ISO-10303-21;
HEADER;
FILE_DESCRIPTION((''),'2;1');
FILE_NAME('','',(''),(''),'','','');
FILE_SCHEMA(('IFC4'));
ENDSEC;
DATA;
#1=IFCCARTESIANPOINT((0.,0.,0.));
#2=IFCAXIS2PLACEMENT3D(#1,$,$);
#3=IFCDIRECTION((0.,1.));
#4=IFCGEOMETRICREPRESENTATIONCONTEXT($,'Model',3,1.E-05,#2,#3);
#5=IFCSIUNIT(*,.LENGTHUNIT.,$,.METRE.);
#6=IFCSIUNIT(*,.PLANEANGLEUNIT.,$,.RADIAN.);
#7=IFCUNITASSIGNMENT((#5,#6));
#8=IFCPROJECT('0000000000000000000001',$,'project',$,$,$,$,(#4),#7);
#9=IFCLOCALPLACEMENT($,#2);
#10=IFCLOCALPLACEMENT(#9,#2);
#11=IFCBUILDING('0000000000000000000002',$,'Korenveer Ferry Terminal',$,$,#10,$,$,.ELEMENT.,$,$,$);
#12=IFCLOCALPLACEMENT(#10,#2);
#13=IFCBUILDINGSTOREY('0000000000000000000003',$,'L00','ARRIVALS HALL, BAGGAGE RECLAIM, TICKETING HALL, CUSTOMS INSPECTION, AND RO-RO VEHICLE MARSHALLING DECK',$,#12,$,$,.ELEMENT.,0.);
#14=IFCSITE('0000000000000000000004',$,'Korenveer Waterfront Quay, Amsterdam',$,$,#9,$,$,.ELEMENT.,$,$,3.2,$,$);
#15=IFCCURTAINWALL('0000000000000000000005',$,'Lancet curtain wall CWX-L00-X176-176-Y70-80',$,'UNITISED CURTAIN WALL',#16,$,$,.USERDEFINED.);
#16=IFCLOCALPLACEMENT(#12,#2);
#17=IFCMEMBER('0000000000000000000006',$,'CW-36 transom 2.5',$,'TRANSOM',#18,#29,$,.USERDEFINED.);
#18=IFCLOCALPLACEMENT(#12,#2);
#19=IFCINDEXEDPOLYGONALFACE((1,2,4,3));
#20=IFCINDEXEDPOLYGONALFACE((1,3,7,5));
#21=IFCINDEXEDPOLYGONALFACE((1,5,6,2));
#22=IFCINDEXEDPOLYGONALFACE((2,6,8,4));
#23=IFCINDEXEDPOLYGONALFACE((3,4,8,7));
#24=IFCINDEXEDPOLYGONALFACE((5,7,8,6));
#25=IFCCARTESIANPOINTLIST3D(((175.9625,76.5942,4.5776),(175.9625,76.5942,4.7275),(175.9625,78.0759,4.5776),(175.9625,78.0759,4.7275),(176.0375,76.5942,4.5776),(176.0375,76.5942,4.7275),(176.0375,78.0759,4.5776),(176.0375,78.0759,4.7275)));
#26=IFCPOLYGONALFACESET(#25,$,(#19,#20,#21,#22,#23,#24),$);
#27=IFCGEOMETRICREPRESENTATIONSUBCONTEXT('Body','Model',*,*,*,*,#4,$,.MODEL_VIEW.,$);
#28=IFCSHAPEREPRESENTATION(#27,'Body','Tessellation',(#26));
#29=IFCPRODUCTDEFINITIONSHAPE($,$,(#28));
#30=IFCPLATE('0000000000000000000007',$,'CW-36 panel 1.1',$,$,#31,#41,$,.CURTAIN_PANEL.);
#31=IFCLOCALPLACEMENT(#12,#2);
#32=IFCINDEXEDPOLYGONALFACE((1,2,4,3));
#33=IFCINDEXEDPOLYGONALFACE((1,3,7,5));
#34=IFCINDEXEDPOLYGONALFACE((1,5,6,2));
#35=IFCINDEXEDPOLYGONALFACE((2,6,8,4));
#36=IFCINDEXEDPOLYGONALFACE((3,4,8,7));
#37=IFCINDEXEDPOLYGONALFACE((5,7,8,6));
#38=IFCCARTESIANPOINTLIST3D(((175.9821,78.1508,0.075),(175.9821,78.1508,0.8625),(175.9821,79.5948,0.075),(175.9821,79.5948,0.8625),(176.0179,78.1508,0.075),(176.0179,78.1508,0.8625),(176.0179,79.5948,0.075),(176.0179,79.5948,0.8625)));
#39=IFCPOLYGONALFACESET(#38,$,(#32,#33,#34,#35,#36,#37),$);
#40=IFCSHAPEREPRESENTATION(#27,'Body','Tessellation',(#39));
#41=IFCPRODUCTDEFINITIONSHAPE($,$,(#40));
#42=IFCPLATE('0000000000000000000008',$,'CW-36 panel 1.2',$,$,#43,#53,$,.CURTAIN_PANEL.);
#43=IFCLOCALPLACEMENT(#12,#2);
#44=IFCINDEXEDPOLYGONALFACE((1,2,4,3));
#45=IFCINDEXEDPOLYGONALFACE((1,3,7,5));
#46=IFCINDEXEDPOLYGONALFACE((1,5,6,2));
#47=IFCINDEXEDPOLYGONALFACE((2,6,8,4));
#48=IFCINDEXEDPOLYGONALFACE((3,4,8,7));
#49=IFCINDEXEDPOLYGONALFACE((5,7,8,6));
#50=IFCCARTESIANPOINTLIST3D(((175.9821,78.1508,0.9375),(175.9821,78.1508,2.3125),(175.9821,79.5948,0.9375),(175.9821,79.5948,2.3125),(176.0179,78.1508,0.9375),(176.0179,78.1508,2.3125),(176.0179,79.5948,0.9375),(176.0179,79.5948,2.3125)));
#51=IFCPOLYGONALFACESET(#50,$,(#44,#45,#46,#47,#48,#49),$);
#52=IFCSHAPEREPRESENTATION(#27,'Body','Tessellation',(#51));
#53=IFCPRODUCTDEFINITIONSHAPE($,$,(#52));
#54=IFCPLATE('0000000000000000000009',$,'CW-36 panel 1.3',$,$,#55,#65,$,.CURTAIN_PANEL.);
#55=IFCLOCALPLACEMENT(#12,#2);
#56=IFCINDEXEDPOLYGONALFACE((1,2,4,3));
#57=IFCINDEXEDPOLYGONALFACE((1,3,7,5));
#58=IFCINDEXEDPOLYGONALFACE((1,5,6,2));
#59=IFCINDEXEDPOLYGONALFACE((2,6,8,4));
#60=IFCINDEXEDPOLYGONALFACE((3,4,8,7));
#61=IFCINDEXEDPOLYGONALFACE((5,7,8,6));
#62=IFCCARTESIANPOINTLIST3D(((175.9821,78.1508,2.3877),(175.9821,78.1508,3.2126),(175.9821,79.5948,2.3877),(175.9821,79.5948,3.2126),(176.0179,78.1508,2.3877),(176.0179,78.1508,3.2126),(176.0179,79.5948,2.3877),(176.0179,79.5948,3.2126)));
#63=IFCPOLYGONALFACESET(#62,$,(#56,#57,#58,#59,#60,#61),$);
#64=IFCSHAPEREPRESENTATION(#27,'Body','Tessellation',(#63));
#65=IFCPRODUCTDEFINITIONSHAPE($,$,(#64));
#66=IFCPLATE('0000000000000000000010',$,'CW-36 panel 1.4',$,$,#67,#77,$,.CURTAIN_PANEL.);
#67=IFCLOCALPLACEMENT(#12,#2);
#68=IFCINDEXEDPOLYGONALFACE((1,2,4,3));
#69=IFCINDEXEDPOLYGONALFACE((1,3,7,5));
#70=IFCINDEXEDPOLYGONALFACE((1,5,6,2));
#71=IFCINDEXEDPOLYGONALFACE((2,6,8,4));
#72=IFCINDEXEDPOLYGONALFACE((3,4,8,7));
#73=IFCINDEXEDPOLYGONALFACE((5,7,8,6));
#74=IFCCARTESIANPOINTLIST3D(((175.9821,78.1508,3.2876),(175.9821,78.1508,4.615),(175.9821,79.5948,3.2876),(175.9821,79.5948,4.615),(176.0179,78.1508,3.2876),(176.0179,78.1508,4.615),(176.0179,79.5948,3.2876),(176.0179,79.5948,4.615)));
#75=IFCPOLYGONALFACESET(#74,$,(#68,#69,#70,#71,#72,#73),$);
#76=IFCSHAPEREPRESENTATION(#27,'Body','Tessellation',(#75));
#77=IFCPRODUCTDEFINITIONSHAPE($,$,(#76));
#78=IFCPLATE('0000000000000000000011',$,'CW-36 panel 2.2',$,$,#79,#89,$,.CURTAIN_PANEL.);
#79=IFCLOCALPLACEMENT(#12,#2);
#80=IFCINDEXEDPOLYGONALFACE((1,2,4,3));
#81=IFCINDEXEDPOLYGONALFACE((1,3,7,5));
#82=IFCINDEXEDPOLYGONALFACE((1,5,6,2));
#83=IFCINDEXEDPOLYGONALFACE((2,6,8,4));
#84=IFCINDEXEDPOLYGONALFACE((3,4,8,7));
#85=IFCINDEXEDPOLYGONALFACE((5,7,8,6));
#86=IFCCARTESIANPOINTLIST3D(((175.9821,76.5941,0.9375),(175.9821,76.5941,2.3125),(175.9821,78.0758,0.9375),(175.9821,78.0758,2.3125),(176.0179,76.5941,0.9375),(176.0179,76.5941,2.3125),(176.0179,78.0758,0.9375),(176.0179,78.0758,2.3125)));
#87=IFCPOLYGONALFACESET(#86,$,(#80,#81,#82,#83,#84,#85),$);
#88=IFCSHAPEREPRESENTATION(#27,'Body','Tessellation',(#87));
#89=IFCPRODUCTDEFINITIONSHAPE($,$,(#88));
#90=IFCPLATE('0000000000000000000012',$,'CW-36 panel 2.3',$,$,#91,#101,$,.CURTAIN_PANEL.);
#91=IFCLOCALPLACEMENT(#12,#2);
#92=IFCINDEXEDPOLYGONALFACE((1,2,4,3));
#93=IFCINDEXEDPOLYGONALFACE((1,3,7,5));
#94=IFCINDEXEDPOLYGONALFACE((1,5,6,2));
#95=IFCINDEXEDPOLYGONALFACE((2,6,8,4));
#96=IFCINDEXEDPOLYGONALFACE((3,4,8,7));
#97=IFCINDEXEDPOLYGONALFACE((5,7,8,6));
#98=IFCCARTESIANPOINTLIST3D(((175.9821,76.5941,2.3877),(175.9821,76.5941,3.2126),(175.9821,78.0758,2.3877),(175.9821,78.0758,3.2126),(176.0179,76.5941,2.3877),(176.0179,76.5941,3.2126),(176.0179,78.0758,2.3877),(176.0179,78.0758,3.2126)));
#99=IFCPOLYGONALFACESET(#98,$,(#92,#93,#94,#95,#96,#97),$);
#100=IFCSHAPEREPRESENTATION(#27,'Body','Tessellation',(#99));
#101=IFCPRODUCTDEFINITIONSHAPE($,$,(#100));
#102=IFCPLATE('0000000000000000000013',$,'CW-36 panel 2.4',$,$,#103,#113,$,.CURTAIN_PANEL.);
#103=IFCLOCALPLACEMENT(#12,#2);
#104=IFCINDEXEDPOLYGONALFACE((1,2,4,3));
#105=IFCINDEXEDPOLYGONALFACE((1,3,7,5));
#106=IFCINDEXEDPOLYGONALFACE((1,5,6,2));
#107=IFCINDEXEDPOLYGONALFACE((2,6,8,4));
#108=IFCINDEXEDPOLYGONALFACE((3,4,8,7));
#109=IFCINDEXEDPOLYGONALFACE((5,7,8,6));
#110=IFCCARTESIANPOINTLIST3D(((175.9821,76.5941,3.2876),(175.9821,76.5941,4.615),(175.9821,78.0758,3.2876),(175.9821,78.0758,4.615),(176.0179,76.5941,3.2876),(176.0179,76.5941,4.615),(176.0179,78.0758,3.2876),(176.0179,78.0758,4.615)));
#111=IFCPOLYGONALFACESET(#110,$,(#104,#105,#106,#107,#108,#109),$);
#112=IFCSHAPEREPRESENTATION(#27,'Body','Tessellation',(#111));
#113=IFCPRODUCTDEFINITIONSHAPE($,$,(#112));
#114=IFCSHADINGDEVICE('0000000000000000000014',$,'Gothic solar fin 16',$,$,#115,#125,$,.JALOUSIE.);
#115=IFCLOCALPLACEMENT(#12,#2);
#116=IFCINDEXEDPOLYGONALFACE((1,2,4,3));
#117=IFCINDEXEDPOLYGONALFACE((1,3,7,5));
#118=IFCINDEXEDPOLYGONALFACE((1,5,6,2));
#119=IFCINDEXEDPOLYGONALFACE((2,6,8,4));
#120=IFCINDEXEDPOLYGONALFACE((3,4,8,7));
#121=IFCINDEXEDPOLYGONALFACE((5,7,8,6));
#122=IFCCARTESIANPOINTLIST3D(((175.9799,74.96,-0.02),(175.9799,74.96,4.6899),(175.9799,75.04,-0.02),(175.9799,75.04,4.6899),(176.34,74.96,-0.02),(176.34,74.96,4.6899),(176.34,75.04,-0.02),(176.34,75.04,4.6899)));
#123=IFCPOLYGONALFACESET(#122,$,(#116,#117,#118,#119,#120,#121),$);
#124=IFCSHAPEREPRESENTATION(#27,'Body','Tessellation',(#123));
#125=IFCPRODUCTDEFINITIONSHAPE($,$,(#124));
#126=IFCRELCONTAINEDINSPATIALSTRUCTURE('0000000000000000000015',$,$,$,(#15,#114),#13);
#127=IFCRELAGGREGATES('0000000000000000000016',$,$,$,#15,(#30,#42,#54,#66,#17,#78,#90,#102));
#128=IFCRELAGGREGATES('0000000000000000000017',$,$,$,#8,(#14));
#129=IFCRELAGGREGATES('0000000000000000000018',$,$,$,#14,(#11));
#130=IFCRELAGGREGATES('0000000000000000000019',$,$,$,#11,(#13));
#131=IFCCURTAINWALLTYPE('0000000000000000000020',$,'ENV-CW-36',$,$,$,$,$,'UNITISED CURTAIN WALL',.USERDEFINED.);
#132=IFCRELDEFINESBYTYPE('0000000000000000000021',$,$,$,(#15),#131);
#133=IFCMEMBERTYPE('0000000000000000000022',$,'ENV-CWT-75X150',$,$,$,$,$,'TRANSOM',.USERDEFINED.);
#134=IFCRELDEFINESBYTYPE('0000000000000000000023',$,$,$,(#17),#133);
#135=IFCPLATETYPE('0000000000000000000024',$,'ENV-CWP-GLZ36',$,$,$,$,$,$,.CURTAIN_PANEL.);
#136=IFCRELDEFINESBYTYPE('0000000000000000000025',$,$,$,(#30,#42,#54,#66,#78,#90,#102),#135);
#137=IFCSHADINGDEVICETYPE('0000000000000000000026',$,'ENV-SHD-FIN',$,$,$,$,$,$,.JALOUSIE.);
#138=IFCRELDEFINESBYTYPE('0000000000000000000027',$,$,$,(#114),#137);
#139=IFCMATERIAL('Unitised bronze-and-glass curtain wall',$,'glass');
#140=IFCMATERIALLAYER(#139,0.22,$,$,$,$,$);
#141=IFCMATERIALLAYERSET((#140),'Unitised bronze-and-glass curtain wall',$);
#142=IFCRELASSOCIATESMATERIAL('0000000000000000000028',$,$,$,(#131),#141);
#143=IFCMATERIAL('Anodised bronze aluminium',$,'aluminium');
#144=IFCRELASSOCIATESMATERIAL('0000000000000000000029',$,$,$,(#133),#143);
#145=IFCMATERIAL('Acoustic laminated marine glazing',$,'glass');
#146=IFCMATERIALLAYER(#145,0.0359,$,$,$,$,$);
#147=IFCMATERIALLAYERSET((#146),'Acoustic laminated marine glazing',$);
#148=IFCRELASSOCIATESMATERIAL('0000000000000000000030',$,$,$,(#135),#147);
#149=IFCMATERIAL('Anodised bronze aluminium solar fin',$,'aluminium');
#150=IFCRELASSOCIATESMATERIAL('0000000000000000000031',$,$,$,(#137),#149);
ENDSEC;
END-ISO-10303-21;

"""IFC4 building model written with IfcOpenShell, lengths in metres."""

from ifc_helpers import new_model, si_unit, direction, frame, origin, origin_2d, place, context, subcontext, project, spatial, rectangle, extrude, material, layer, layer_set, material_profile, profile_set, type_object, element, aggregate, save


model = new_model("IFC4")

# Units and contexts
model_context = context("Model", 3, precision=1e-05, world=origin(), true_north=direction((0.0, 1.0)))
body_context = subcontext(model_context, "Body", "Model", "MODEL_VIEW")
ifc_project = project(units=[si_unit("LENGTHUNIT", "METRE"), si_unit("PLANEANGLEUNIT", "RADIAN")], contexts=[model_context])

# Site, building, storey
site_placement = place(None, origin())
site = spatial("IfcSite", under=ifc_project, at=site_placement, Name="Korenveer Waterfront Quay, Amsterdam", CompositionType="ELEMENT", RefElevation=3.2)
building_placement = place(site_placement, origin())
building = spatial("IfcBuilding", under=site, at=building_placement, Name="Korenveer Ferry Terminal", CompositionType="ELEMENT")
storey_placement = place(building_placement, origin())
storey = spatial("IfcBuildingStorey", under=building, at=storey_placement, Name="L00", Description="ARRIVALS HALL, BAGGAGE RECLAIM, TICKETING HALL, CUSTOMS INSPECTION, AND RO-RO VEHICLE MARSHALLING DECK", CompositionType="ELEMENT", Elevation=0.0)

# Curtain wall, member, plates
ifc_material_1 = material(Name="Unitised bronze-and-glass curtain wall", Category="glass")
ifc_layer_1 = layer(ifc_material_1, 0.22)
ifc_layer_set_1 = layer_set([ifc_layer_1], Name="Unitised bronze-and-glass curtain wall")
curtain_wall_type = type_object("IfcCurtainWallType", Name="ENV-CW-36", ElementType="UNITISED CURTAIN WALL", PredefinedType="USERDEFINED", material=ifc_layer_set_1)
curtain_wall_placement = place(storey_placement, frame((176.0, 79.6699, 0.0)))
curtain_wall = element("IfcCurtainWall", 1, at=curtain_wall_placement, inside=storey, type_object=curtain_wall_type, Name="Lancet curtain wall CWX-L00-X176-176-Y70-80", ObjectType="UNITISED CURTAIN WALL", PredefinedType="USERDEFINED")
ifc_material_2 = material(Name="Anodised bronze aluminium", Category="aluminium")
ifc_material_profile_1 = material_profile(ifc_material_2, rectangle(XDim=0.075, YDim=0.1499, at=origin_2d()), Name="ALU 75x150")
ifc_profile_set_1 = profile_set([ifc_material_profile_1], Name="Anodised bronze aluminium")
member_type_1 = type_object("IfcMemberType", Name="ENV-CWT-75X150", ElementType="TRANSOM", PredefinedType="USERDEFINED", material=ifc_profile_set_1)
member_1_placement = place(storey_placement, frame((176.0, 78.0759, 4.6526), z_axis=(0.0, -1.0, 0.0), x_axis=(1.0, 0.0, 0.0)))
member_1 = element("IfcMember", 2, at=member_1_placement, type_object=member_type_1, Name="CW-36 transom 2.5", ObjectType="TRANSOM", PredefinedType="USERDEFINED", context=body_context, shape_type="SweptSolid", body=[
    extrude(rectangle(XDim=0.075, YDim=0.1499, at=origin_2d()), origin(), (0.0, 0.0, 1.0), 1.4817),
])
ifc_material_3 = material(Name="Acoustic laminated marine glazing", Category="glass")
ifc_layer_2 = layer(ifc_material_3, 0.0359)
ifc_layer_set_2 = layer_set([ifc_layer_2], Name="Acoustic laminated marine glazing")
plate_type = type_object("IfcPlateType", Name="ENV-CWP-GLZ36", PredefinedType="CURTAIN_PANEL", material=ifc_layer_set_2)
plate_1_placement = place(storey_placement, frame((176.0, 78.8728, 0.075), z_axis=(0.0, 0.0, 1.0), x_axis=(0.0, -1.0, 0.0)))
plate_1 = element("IfcPlate", 3, at=plate_1_placement, type_object=plate_type, Name="CW-36 panel 1.1", PredefinedType="CURTAIN_PANEL", context=body_context, shape_type="SweptSolid", body=[
    extrude(rectangle(XDim=1.4441, YDim=0.0359, at=origin_2d()), origin(), (0.0, 0.0, 1.0), 0.7876),
])
plate_2_placement = place(storey_placement, frame((176.0, 78.8728, 0.9375), z_axis=(0.0, 0.0, 1.0), x_axis=(0.0, -1.0, 0.0)))
plate_2 = element("IfcPlate", 4, at=plate_2_placement, type_object=plate_type, Name="CW-36 panel 1.2", PredefinedType="CURTAIN_PANEL", context=body_context, shape_type="SweptSolid", body=[
    extrude(rectangle(XDim=1.4441, YDim=0.0359, at=origin_2d()), origin(), (0.0, 0.0, 1.0), 1.375),
])
plate_3_placement = place(storey_placement, frame((176.0, 78.8728, 2.3877), z_axis=(0.0, 0.0, 1.0), x_axis=(0.0, -1.0, 0.0)))
plate_3 = element("IfcPlate", 5, at=plate_3_placement, type_object=plate_type, Name="CW-36 panel 1.3", PredefinedType="CURTAIN_PANEL", context=body_context, shape_type="SweptSolid", body=[
    extrude(rectangle(XDim=1.4441, YDim=0.0359, at=origin_2d()), origin(), (0.0, 0.0, 1.0), 0.825),
])
plate_4_placement = place(storey_placement, frame((176.0, 78.8728, 3.2876), z_axis=(0.0, 0.0, 1.0), x_axis=(0.0, -1.0, 0.0)))
plate_4 = element("IfcPlate", 6, at=plate_4_placement, type_object=plate_type, Name="CW-36 panel 1.4", PredefinedType="CURTAIN_PANEL", context=body_context, shape_type="SweptSolid", body=[
    extrude(rectangle(XDim=1.4441, YDim=0.0359, at=origin_2d()), origin(), (0.0, 0.0, 1.0), 1.3274),
])
plate_5_placement = place(storey_placement, frame((176.0, 77.335, 0.9375), z_axis=(0.0, 0.0, 1.0), x_axis=(0.0, -1.0, 0.0)))
plate_5 = element("IfcPlate", 7, at=plate_5_placement, type_object=plate_type, Name="CW-36 panel 2.2", PredefinedType="CURTAIN_PANEL", context=body_context, shape_type="SweptSolid", body=[
    extrude(rectangle(XDim=1.4817, YDim=0.0359, at=origin_2d()), origin(), (0.0, 0.0, 1.0), 1.375),
])
plate_6_placement = place(storey_placement, frame((176.0, 77.335, 2.3877), z_axis=(0.0, 0.0, 1.0), x_axis=(0.0, -1.0, 0.0)))
plate_6 = element("IfcPlate", 8, at=plate_6_placement, type_object=plate_type, Name="CW-36 panel 2.3", PredefinedType="CURTAIN_PANEL", context=body_context, shape_type="SweptSolid", body=[
    extrude(rectangle(XDim=1.4817, YDim=0.0359, at=origin_2d()), origin(), (0.0, 0.0, 1.0), 0.825),
])
plate_7_placement = place(storey_placement, frame((176.0, 77.335, 3.2876), z_axis=(0.0, 0.0, 1.0), x_axis=(0.0, -1.0, 0.0)))
plate_7 = element("IfcPlate", 9, at=plate_7_placement, type_object=plate_type, Name="CW-36 panel 2.4", PredefinedType="CURTAIN_PANEL", context=body_context, shape_type="SweptSolid", body=[
    extrude(rectangle(XDim=1.4817, YDim=0.0359, at=origin_2d()), origin(), (0.0, 0.0, 1.0), 1.3274),
])
aggregate(curtain_wall, [plate_1, plate_2, plate_3, plate_4, member_1, plate_5, plate_6, plate_7])

# Shading device
ifc_material_4 = material(Name="Anodised bronze aluminium solar fin", Category="aluminium")
shading_device_type = type_object("IfcShadingDeviceType", Name="ENV-SHD-FIN", PredefinedType="JALOUSIE", material=ifc_material_4)
shading_device_placement = place(storey_placement, frame((176.1599, 75.0, -0.02), z_axis=(0.0, 0.0, 1.0), x_axis=(1.0, 0.0, 0.0)))
element("IfcShadingDevice", 10, at=shading_device_placement, inside=storey, type_object=shading_device_type, Name="Gothic solar fin 16", PredefinedType="JALOUSIE", context=body_context, shape_type="SweptSolid", body=[
    extrude(rectangle(XDim=0.3601, YDim=0.0801, at=origin_2d()), origin(), (0.0, 0.0, 1.0), 4.71),
])

save(model, "model.ifc")
